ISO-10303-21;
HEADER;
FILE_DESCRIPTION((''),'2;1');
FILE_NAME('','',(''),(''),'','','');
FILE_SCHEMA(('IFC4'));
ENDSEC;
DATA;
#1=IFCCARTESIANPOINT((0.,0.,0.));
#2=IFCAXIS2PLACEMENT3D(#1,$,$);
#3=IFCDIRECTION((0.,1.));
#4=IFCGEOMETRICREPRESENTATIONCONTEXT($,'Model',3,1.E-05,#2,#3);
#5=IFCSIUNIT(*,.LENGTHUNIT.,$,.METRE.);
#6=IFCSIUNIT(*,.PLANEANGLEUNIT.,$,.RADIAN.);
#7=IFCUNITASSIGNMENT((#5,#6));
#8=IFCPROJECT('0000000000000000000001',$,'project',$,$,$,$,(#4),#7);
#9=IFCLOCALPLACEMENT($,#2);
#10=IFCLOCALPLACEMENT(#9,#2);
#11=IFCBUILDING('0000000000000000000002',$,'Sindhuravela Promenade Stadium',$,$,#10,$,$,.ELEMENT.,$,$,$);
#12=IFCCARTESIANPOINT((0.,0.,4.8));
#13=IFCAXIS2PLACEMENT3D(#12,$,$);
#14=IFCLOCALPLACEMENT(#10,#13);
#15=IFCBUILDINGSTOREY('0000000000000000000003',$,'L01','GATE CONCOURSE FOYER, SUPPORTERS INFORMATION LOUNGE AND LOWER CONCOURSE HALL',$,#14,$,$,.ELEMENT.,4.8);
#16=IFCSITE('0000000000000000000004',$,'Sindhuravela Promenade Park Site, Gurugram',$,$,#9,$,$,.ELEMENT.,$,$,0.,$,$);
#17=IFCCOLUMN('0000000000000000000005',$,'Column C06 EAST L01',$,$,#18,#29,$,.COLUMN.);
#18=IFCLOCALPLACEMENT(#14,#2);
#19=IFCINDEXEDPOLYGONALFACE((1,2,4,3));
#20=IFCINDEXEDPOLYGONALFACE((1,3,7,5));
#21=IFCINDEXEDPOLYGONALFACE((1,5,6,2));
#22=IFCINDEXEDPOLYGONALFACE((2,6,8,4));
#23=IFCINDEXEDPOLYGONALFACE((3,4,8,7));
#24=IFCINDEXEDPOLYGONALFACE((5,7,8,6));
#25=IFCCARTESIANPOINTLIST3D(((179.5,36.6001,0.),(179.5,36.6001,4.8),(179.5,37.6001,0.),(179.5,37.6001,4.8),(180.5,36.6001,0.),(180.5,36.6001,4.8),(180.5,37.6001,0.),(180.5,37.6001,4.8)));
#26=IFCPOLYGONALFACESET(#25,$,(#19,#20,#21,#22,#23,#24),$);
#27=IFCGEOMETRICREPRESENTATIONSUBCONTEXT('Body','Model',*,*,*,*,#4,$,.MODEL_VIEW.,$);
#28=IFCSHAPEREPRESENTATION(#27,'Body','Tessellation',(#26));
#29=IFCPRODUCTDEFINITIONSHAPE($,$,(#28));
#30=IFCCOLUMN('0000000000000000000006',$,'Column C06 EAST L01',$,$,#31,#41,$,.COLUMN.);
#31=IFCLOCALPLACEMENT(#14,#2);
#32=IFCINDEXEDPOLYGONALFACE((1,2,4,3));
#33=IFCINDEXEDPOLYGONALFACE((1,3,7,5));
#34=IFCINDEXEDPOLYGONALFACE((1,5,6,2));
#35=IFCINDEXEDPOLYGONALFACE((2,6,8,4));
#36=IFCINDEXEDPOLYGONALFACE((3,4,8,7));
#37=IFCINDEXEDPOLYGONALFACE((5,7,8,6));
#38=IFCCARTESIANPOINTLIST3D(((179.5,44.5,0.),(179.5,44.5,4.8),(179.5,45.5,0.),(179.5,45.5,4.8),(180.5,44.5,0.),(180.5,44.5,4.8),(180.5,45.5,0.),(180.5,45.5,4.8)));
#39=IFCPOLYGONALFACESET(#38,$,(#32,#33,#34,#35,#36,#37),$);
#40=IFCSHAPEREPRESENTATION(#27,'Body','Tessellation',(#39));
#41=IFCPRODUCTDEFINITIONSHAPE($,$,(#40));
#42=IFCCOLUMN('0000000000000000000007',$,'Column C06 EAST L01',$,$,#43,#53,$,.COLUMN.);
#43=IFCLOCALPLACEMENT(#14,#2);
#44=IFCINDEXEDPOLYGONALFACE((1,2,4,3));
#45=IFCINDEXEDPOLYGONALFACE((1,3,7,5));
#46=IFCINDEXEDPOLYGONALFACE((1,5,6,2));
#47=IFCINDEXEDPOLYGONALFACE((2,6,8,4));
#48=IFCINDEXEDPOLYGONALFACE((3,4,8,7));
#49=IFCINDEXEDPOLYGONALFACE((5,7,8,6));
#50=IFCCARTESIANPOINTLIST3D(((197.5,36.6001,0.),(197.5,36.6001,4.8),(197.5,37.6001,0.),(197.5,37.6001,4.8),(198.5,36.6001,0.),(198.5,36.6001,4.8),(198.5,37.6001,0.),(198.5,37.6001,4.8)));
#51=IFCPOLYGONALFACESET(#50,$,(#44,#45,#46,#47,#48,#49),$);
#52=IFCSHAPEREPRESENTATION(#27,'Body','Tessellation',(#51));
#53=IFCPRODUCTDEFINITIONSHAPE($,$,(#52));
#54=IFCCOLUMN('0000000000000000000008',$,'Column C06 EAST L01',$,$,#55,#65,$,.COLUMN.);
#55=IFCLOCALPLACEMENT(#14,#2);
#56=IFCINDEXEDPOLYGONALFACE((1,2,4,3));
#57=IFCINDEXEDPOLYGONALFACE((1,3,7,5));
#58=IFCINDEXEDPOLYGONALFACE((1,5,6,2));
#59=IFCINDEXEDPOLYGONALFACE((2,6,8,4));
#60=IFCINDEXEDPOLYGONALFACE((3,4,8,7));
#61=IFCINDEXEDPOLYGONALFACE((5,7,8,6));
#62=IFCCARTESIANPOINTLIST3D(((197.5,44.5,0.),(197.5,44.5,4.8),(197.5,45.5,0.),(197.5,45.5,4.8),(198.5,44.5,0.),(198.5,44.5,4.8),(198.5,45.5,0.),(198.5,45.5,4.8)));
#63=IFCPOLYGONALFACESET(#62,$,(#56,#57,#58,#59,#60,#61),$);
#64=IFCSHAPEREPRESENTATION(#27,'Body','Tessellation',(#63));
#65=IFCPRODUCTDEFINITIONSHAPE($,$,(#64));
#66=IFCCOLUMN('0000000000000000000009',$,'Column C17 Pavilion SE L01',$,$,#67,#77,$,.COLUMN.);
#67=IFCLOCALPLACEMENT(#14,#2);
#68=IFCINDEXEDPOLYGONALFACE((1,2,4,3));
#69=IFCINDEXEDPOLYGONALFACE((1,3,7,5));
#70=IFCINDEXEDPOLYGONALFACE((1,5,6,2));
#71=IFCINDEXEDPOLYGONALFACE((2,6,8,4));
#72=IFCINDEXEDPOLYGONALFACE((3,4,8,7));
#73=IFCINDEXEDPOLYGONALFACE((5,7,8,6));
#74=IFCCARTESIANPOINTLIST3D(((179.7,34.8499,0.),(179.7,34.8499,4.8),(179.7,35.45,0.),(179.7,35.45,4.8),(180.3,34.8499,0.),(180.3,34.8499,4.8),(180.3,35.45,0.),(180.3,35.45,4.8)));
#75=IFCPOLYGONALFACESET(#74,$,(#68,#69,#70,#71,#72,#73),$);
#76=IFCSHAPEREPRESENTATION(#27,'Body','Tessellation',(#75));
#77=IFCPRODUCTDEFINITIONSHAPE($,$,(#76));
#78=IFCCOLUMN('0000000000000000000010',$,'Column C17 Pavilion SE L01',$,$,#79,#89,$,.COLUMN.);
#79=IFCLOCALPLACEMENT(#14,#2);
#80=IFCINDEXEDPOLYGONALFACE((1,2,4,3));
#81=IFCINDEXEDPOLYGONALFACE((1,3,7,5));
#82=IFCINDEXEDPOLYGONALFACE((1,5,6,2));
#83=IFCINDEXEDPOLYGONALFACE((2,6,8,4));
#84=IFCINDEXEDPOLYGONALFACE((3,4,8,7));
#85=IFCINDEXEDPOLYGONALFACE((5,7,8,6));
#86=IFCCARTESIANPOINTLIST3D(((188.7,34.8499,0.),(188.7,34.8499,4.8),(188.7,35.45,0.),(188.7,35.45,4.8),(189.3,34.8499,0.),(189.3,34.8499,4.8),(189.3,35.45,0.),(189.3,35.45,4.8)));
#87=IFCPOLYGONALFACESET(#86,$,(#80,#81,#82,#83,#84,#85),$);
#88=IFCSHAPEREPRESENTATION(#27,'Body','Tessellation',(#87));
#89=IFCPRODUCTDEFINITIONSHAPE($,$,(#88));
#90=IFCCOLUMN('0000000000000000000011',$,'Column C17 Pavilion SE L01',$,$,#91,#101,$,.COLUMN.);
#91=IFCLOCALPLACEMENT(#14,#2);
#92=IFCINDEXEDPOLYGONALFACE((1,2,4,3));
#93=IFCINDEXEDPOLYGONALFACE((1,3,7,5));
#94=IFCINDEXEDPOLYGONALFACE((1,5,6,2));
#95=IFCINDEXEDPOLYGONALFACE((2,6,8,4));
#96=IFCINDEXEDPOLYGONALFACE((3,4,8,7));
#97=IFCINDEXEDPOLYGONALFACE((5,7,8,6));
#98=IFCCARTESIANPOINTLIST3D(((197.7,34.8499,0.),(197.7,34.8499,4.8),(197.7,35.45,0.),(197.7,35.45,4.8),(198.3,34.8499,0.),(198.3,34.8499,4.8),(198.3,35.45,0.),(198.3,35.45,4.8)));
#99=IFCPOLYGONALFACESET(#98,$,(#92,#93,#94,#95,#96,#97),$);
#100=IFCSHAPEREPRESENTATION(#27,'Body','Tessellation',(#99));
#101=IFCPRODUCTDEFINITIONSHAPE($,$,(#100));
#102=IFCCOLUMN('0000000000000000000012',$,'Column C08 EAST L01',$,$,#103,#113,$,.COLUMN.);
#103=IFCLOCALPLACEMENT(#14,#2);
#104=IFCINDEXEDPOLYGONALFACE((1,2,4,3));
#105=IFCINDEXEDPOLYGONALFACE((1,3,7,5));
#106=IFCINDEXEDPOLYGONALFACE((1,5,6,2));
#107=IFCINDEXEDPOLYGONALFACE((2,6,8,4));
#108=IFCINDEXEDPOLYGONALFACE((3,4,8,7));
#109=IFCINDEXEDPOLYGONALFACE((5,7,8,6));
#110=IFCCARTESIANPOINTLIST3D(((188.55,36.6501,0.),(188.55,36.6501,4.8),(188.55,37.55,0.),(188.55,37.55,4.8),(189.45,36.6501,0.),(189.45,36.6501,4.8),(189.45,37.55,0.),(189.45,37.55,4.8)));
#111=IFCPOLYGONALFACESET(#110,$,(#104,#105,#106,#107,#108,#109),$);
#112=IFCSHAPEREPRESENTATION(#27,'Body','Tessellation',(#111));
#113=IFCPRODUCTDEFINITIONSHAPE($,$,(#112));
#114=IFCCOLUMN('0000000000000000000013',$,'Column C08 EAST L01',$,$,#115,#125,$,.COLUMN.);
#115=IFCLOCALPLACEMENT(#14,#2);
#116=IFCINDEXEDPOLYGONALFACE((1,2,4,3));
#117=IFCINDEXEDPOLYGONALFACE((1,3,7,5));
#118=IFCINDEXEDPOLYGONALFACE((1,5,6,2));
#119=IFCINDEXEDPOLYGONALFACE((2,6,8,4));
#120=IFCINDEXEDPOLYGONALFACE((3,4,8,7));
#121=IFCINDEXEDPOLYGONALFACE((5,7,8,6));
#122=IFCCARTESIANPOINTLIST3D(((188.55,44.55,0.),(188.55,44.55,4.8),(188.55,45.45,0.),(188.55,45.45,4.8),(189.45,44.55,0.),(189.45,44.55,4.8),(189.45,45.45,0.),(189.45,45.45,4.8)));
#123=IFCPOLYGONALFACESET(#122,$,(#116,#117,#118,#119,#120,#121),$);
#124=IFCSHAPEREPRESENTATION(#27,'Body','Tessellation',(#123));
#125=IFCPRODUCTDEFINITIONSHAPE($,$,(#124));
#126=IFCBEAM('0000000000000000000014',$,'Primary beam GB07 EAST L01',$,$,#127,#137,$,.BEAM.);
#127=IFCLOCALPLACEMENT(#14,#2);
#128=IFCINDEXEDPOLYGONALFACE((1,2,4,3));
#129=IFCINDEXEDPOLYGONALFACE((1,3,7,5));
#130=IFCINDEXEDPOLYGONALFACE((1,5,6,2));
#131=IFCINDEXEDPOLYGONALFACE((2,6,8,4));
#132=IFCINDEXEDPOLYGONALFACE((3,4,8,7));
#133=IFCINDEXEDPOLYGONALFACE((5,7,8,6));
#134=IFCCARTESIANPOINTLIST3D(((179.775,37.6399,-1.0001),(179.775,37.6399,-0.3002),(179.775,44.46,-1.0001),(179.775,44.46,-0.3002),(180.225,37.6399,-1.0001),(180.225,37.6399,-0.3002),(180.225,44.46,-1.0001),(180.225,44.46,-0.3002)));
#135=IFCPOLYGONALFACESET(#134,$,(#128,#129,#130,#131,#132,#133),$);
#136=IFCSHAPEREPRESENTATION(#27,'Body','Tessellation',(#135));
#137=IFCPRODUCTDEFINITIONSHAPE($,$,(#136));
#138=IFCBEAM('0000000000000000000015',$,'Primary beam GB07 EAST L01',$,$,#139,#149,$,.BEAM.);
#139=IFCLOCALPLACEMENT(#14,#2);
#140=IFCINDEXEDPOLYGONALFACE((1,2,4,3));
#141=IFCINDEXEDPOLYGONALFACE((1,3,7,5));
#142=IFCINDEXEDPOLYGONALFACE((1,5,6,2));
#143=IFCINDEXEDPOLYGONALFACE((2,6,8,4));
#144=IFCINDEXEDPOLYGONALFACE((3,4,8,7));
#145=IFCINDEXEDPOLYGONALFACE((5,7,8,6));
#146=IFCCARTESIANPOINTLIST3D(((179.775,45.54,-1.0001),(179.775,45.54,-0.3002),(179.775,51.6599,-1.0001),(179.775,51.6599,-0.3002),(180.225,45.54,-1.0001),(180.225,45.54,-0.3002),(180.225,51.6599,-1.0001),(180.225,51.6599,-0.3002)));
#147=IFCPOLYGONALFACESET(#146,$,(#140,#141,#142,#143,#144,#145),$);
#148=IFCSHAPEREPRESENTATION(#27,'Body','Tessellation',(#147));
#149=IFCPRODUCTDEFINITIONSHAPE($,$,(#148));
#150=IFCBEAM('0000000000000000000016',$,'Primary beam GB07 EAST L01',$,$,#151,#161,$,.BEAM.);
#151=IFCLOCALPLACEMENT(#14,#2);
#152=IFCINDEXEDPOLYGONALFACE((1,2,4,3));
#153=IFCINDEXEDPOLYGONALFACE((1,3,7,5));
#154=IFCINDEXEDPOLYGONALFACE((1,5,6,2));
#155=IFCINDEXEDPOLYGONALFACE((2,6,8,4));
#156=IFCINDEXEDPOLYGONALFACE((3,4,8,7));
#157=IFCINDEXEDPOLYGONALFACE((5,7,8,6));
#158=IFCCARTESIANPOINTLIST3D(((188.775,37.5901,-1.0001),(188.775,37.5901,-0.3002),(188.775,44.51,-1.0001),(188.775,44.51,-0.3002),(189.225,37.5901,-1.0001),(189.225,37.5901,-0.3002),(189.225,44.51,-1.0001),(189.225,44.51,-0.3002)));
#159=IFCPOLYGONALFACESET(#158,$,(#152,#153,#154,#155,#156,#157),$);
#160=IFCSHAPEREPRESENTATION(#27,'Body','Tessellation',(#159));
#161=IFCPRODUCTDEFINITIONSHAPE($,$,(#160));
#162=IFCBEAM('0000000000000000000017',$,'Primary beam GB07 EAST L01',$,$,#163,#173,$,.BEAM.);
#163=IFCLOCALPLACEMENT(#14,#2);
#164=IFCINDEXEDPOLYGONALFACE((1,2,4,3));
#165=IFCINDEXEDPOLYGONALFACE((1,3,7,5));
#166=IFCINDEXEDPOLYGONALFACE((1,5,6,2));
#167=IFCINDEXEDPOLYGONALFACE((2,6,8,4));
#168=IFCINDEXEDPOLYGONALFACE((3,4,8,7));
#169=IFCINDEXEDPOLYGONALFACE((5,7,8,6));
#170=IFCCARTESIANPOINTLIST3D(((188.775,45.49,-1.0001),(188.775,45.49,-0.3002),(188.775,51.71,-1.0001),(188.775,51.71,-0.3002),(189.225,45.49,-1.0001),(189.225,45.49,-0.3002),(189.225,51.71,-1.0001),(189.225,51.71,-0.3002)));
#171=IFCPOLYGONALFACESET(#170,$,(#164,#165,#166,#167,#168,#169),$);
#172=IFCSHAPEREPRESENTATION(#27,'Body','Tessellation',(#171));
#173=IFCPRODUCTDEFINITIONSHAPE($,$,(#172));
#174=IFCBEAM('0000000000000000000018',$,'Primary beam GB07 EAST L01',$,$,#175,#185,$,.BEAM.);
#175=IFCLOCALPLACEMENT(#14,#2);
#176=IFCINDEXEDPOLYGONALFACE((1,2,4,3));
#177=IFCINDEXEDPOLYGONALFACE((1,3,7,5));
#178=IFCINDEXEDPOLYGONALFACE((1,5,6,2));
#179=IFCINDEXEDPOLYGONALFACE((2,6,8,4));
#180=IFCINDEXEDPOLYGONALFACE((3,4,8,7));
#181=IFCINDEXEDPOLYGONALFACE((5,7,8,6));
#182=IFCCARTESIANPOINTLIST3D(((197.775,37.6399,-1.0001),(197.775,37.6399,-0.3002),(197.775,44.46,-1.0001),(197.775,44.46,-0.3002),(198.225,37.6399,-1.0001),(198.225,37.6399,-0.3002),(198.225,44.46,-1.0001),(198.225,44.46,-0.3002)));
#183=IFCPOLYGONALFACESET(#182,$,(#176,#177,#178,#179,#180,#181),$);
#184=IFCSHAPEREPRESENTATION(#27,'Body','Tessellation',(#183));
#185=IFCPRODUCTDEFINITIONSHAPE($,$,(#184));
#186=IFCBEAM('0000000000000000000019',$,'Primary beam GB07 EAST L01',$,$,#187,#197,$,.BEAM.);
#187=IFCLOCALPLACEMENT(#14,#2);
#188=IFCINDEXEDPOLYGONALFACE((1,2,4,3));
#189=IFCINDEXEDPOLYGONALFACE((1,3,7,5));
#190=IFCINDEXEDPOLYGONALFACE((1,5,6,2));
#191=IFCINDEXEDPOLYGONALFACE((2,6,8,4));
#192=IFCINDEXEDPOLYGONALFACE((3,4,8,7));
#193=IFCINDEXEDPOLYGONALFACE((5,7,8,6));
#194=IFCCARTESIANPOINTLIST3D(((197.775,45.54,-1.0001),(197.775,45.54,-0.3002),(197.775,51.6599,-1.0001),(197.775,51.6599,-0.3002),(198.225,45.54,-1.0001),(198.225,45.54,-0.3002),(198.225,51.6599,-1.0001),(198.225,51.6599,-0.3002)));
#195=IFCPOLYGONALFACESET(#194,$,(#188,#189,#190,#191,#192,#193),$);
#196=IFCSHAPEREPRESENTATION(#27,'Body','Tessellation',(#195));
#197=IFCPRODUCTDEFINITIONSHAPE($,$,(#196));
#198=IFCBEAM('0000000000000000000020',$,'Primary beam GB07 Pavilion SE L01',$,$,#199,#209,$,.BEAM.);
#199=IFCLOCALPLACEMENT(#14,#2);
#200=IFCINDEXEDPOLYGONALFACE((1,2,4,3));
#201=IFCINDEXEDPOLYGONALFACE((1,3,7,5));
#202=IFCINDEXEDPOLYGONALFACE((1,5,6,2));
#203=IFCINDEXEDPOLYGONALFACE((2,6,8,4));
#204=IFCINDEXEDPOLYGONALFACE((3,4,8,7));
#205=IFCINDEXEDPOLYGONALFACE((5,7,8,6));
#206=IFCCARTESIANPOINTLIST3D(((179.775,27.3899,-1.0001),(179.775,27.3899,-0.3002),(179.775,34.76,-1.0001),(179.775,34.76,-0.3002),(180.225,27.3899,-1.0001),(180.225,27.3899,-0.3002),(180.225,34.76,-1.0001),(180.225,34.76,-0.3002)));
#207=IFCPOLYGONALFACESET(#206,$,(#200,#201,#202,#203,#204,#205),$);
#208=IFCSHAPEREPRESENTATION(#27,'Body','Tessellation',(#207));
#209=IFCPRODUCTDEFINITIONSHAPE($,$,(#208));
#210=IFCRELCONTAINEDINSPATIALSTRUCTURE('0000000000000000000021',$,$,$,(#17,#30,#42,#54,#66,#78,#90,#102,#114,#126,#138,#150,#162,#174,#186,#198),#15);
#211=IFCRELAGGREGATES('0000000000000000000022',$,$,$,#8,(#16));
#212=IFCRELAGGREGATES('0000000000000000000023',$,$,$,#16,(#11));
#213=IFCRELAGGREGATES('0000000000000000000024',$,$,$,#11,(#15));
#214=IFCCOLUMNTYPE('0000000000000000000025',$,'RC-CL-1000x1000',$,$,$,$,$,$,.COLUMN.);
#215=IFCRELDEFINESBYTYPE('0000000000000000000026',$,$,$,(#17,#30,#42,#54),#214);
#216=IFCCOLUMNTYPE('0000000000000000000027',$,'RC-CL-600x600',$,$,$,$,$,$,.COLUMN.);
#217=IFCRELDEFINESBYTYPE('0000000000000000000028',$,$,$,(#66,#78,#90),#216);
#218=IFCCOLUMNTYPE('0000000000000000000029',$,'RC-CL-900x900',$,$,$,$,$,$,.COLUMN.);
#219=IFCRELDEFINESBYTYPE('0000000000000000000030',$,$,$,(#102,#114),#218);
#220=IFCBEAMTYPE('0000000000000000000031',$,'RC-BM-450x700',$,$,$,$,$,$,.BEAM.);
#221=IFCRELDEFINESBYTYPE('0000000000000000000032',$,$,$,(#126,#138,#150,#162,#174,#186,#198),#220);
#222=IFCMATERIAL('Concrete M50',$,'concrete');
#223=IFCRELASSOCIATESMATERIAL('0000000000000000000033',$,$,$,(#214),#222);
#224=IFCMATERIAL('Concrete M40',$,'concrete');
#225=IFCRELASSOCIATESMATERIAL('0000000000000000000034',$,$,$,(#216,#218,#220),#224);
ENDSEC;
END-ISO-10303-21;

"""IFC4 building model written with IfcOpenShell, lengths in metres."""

from ifc_helpers import new_model, si_unit, direction, frame, origin, origin_2d, place, context, subcontext, project, spatial, rectangle, extrude, material, material_profile, profile_set, type_object, element, save


model = new_model("IFC4")

# Units and contexts
model_context = context("Model", 3, precision=1e-05, world=origin(), true_north=direction((0.0, 1.0)))
body_context = subcontext(model_context, "Body", "Model", "MODEL_VIEW")
ifc_project = project(units=[si_unit("LENGTHUNIT", "METRE"), si_unit("PLANEANGLEUNIT", "RADIAN")], contexts=[model_context])

# Site, building, storey
site_placement = place(None, origin())
site = spatial("IfcSite", under=ifc_project, at=site_placement, Name="Sindhuravela Promenade Park Site, Gurugram", CompositionType="ELEMENT", RefElevation=0.0)
building_placement = place(site_placement, origin())
building = spatial("IfcBuilding", under=site, at=building_placement, Name="Sindhuravela Promenade Stadium", CompositionType="ELEMENT")
storey_placement = place(building_placement, frame((0.0, 0.0, 4.8)))
storey = spatial("IfcBuildingStorey", under=building, at=storey_placement, Name="L01", Description="GATE CONCOURSE FOYER, SUPPORTERS INFORMATION LOUNGE AND LOWER CONCOURSE HALL", CompositionType="ELEMENT", Elevation=4.8)

# Columns
ifc_material_1 = material(Name="Concrete M50", Category="concrete")
ifc_material_profile_1 = material_profile(ifc_material_1, rectangle(XDim=1.0, YDim=1.0, at=origin_2d()), Name="RC 1000x1000")
ifc_profile_set_1 = profile_set([ifc_material_profile_1], Name="Concrete M50")
column_type_1 = type_object("IfcColumnType", Name="RC-CL-1000x1000", PredefinedType="COLUMN", material=ifc_profile_set_1)
for number, where, z_axis, x_axis, name in (
    (1, (180.0, 37.1001, 0.0), (0.0, 0.0, 1.0), (1.0, 0.0, 0.0), "Column C06 EAST L01"),
    (2, (180.0, 45.0, 0.0), (0.0, 0.0, 1.0), (1.0, 0.0, 0.0), "Column C06 EAST L01"),
    (3, (198.0, 37.1001, 0.0), (0.0, 0.0, 1.0), (1.0, 0.0, 0.0), "Column C06 EAST L01"),
    (4, (198.0, 45.0, 0.0), (0.0, 0.0, 1.0), (1.0, 0.0, 0.0), "Column C06 EAST L01"),
):
    element("IfcColumn", number, at=place(storey_placement, frame(where, z_axis=z_axis, x_axis=x_axis)), inside=storey, type_object=column_type_1, Name=name, PredefinedType="COLUMN", context=body_context, shape_type="SweptSolid", body=[
        extrude(rectangle(XDim=1.0, YDim=1.0, at=origin_2d()), origin(), (0.0, 0.0, 1.0), 4.8),
    ])
ifc_material_2 = material(Name="Concrete M40", Category="concrete")
ifc_material_profile_2 = material_profile(ifc_material_2, rectangle(XDim=0.6001, YDim=0.6001, at=origin_2d()), Name="RC 600x600")
ifc_profile_set_2 = profile_set([ifc_material_profile_2], Name="Concrete M40")
column_type_2 = type_object("IfcColumnType", Name="RC-CL-600x600", PredefinedType="COLUMN", material=ifc_profile_set_2)
for number, where, z_axis, x_axis, name in (
    (5, (180.0, 35.1499, 0.0), (0.0, 0.0, 1.0), (1.0, 0.0, 0.0), "Column C17 Pavilion SE L01"),
    (6, (189.0, 35.1499, 0.0), (0.0, 0.0, 1.0), (1.0, 0.0, 0.0), "Column C17 Pavilion SE L01"),
    (7, (198.0, 35.1499, 0.0), (0.0, 0.0, 1.0), (1.0, 0.0, 0.0), "Column C17 Pavilion SE L01"),
):
    element("IfcColumn", number, at=place(storey_placement, frame(where, z_axis=z_axis, x_axis=x_axis)), inside=storey, type_object=column_type_2, Name=name, PredefinedType="COLUMN", context=body_context, shape_type="SweptSolid", body=[
        extrude(rectangle(XDim=0.6001, YDim=0.6001, at=origin_2d()), origin(), (0.0, 0.0, 1.0), 4.8),
    ])
ifc_material_profile_3 = material_profile(ifc_material_2, rectangle(XDim=0.8999, YDim=0.8999, at=origin_2d()), Name="RC 900x900")
ifc_profile_set_3 = profile_set([ifc_material_profile_3], Name="Concrete M40")
column_type_3 = type_object("IfcColumnType", Name="RC-CL-900x900", PredefinedType="COLUMN", material=ifc_profile_set_3)
for number, where, z_axis, x_axis, name in (
    (8, (189.0, 37.1001, 0.0), (0.0, 0.0, 1.0), (1.0, 0.0, 0.0), "Column C08 EAST L01"),
    (9, (189.0, 45.0, 0.0), (0.0, 0.0, 1.0), (1.0, 0.0, 0.0), "Column C08 EAST L01"),
):
    element("IfcColumn", number, at=place(storey_placement, frame(where, z_axis=z_axis, x_axis=x_axis)), inside=storey, type_object=column_type_3, Name=name, PredefinedType="COLUMN", context=body_context, shape_type="SweptSolid", body=[
        extrude(rectangle(XDim=0.8999, YDim=0.8999, at=origin_2d()), origin(), (0.0, 0.0, 1.0), 4.8),
    ])

# Beams
ifc_material_profile_4 = material_profile(ifc_material_2, rectangle(XDim=0.45, YDim=0.7, at=origin_2d()), Name="RC 450x700")
ifc_profile_set_4 = profile_set([ifc_material_profile_4], Name="Concrete M40")
beam_type_1 = type_object("IfcBeamType", Name="RC-BM-450x700", PredefinedType="BEAM", material=ifc_profile_set_4)
beam_1_placement = place(storey_placement, frame((180.0, 37.6399, -0.6501), z_axis=(0.0, 1.0, 0.0), x_axis=(-1.0, 0.0, 0.0)))
element("IfcBeam", 10, at=beam_1_placement, inside=storey, type_object=beam_type_1, Name="Primary beam GB07 EAST L01", PredefinedType="BEAM", context=body_context, shape_type="SweptSolid", body=[
    extrude(rectangle(XDim=0.45, YDim=0.7, at=origin_2d()), origin(), (0.0, 0.0, 1.0), 6.8201),
])
beam_2_placement = place(storey_placement, frame((180.0, 45.54, -0.6501), z_axis=(0.0, 1.0, 0.0), x_axis=(-1.0, 0.0, 0.0)))
element("IfcBeam", 11, at=beam_2_placement, inside=storey, type_object=beam_type_1, Name="Primary beam GB07 EAST L01", PredefinedType="BEAM", context=body_context, shape_type="SweptSolid", body=[
    extrude(rectangle(XDim=0.45, YDim=0.7, at=origin_2d()), origin(), (0.0, 0.0, 1.0), 6.1199),
])
beam_3_placement = place(storey_placement, frame((189.0, 37.5901, -0.6501), z_axis=(0.0, 1.0, 0.0), x_axis=(-1.0, 0.0, 0.0)))
element("IfcBeam", 12, at=beam_3_placement, inside=storey, type_object=beam_type_1, Name="Primary beam GB07 EAST L01", PredefinedType="BEAM", context=body_context, shape_type="SweptSolid", body=[
    extrude(rectangle(XDim=0.45, YDim=0.7, at=origin_2d()), origin(), (0.0, 0.0, 1.0), 6.9199),
])
beam_4_placement = place(storey_placement, frame((189.0, 45.49, -0.6501), z_axis=(0.0, 1.0, 0.0), x_axis=(-1.0, 0.0, 0.0)))
element("IfcBeam", 13, at=beam_4_placement, inside=storey, type_object=beam_type_1, Name="Primary beam GB07 EAST L01", PredefinedType="BEAM", context=body_context, shape_type="SweptSolid", body=[
    extrude(rectangle(XDim=0.45, YDim=0.7, at=origin_2d()), origin(), (0.0, 0.0, 1.0), 6.22),
])
beam_5_placement = place(storey_placement, frame((198.0, 37.6399, -0.6501), z_axis=(0.0, 1.0, 0.0), x_axis=(-1.0, 0.0, 0.0)))
element("IfcBeam", 14, at=beam_5_placement, inside=storey, type_object=beam_type_1, Name="Primary beam GB07 EAST L01", PredefinedType="BEAM", context=body_context, shape_type="SweptSolid", body=[
    extrude(rectangle(XDim=0.45, YDim=0.7, at=origin_2d()), origin(), (0.0, 0.0, 1.0), 6.8201),
])
beam_6_placement = place(storey_placement, frame((198.0, 45.54, -0.6501), z_axis=(0.0, 1.0, 0.0), x_axis=(-1.0, 0.0, 0.0)))
element("IfcBeam", 15, at=beam_6_placement, inside=storey, type_object=beam_type_1, Name="Primary beam GB07 EAST L01", PredefinedType="BEAM", context=body_context, shape_type="SweptSolid", body=[
    extrude(rectangle(XDim=0.45, YDim=0.7, at=origin_2d()), origin(), (0.0, 0.0, 1.0), 6.1199),
])
for number, where, z_axis, x_axis, name in (
    (16, (180.0, 27.3899, -0.6501), (0.0, 1.0, 0.0), (-1.0, 0.0, 0.0), "Primary beam GB07 Pavilion SE L01"),
):
    element("IfcBeam", number, at=place(storey_placement, frame(where, z_axis=z_axis, x_axis=x_axis)), inside=storey, type_object=beam_type_1, Name=name, PredefinedType="BEAM", context=body_context, shape_type="SweptSolid", body=[
        extrude(rectangle(XDim=0.45, YDim=0.7, at=origin_2d()), origin(), (0.0, 0.0, 1.0), 7.3701),
    ])

save(model, "model.ifc")
